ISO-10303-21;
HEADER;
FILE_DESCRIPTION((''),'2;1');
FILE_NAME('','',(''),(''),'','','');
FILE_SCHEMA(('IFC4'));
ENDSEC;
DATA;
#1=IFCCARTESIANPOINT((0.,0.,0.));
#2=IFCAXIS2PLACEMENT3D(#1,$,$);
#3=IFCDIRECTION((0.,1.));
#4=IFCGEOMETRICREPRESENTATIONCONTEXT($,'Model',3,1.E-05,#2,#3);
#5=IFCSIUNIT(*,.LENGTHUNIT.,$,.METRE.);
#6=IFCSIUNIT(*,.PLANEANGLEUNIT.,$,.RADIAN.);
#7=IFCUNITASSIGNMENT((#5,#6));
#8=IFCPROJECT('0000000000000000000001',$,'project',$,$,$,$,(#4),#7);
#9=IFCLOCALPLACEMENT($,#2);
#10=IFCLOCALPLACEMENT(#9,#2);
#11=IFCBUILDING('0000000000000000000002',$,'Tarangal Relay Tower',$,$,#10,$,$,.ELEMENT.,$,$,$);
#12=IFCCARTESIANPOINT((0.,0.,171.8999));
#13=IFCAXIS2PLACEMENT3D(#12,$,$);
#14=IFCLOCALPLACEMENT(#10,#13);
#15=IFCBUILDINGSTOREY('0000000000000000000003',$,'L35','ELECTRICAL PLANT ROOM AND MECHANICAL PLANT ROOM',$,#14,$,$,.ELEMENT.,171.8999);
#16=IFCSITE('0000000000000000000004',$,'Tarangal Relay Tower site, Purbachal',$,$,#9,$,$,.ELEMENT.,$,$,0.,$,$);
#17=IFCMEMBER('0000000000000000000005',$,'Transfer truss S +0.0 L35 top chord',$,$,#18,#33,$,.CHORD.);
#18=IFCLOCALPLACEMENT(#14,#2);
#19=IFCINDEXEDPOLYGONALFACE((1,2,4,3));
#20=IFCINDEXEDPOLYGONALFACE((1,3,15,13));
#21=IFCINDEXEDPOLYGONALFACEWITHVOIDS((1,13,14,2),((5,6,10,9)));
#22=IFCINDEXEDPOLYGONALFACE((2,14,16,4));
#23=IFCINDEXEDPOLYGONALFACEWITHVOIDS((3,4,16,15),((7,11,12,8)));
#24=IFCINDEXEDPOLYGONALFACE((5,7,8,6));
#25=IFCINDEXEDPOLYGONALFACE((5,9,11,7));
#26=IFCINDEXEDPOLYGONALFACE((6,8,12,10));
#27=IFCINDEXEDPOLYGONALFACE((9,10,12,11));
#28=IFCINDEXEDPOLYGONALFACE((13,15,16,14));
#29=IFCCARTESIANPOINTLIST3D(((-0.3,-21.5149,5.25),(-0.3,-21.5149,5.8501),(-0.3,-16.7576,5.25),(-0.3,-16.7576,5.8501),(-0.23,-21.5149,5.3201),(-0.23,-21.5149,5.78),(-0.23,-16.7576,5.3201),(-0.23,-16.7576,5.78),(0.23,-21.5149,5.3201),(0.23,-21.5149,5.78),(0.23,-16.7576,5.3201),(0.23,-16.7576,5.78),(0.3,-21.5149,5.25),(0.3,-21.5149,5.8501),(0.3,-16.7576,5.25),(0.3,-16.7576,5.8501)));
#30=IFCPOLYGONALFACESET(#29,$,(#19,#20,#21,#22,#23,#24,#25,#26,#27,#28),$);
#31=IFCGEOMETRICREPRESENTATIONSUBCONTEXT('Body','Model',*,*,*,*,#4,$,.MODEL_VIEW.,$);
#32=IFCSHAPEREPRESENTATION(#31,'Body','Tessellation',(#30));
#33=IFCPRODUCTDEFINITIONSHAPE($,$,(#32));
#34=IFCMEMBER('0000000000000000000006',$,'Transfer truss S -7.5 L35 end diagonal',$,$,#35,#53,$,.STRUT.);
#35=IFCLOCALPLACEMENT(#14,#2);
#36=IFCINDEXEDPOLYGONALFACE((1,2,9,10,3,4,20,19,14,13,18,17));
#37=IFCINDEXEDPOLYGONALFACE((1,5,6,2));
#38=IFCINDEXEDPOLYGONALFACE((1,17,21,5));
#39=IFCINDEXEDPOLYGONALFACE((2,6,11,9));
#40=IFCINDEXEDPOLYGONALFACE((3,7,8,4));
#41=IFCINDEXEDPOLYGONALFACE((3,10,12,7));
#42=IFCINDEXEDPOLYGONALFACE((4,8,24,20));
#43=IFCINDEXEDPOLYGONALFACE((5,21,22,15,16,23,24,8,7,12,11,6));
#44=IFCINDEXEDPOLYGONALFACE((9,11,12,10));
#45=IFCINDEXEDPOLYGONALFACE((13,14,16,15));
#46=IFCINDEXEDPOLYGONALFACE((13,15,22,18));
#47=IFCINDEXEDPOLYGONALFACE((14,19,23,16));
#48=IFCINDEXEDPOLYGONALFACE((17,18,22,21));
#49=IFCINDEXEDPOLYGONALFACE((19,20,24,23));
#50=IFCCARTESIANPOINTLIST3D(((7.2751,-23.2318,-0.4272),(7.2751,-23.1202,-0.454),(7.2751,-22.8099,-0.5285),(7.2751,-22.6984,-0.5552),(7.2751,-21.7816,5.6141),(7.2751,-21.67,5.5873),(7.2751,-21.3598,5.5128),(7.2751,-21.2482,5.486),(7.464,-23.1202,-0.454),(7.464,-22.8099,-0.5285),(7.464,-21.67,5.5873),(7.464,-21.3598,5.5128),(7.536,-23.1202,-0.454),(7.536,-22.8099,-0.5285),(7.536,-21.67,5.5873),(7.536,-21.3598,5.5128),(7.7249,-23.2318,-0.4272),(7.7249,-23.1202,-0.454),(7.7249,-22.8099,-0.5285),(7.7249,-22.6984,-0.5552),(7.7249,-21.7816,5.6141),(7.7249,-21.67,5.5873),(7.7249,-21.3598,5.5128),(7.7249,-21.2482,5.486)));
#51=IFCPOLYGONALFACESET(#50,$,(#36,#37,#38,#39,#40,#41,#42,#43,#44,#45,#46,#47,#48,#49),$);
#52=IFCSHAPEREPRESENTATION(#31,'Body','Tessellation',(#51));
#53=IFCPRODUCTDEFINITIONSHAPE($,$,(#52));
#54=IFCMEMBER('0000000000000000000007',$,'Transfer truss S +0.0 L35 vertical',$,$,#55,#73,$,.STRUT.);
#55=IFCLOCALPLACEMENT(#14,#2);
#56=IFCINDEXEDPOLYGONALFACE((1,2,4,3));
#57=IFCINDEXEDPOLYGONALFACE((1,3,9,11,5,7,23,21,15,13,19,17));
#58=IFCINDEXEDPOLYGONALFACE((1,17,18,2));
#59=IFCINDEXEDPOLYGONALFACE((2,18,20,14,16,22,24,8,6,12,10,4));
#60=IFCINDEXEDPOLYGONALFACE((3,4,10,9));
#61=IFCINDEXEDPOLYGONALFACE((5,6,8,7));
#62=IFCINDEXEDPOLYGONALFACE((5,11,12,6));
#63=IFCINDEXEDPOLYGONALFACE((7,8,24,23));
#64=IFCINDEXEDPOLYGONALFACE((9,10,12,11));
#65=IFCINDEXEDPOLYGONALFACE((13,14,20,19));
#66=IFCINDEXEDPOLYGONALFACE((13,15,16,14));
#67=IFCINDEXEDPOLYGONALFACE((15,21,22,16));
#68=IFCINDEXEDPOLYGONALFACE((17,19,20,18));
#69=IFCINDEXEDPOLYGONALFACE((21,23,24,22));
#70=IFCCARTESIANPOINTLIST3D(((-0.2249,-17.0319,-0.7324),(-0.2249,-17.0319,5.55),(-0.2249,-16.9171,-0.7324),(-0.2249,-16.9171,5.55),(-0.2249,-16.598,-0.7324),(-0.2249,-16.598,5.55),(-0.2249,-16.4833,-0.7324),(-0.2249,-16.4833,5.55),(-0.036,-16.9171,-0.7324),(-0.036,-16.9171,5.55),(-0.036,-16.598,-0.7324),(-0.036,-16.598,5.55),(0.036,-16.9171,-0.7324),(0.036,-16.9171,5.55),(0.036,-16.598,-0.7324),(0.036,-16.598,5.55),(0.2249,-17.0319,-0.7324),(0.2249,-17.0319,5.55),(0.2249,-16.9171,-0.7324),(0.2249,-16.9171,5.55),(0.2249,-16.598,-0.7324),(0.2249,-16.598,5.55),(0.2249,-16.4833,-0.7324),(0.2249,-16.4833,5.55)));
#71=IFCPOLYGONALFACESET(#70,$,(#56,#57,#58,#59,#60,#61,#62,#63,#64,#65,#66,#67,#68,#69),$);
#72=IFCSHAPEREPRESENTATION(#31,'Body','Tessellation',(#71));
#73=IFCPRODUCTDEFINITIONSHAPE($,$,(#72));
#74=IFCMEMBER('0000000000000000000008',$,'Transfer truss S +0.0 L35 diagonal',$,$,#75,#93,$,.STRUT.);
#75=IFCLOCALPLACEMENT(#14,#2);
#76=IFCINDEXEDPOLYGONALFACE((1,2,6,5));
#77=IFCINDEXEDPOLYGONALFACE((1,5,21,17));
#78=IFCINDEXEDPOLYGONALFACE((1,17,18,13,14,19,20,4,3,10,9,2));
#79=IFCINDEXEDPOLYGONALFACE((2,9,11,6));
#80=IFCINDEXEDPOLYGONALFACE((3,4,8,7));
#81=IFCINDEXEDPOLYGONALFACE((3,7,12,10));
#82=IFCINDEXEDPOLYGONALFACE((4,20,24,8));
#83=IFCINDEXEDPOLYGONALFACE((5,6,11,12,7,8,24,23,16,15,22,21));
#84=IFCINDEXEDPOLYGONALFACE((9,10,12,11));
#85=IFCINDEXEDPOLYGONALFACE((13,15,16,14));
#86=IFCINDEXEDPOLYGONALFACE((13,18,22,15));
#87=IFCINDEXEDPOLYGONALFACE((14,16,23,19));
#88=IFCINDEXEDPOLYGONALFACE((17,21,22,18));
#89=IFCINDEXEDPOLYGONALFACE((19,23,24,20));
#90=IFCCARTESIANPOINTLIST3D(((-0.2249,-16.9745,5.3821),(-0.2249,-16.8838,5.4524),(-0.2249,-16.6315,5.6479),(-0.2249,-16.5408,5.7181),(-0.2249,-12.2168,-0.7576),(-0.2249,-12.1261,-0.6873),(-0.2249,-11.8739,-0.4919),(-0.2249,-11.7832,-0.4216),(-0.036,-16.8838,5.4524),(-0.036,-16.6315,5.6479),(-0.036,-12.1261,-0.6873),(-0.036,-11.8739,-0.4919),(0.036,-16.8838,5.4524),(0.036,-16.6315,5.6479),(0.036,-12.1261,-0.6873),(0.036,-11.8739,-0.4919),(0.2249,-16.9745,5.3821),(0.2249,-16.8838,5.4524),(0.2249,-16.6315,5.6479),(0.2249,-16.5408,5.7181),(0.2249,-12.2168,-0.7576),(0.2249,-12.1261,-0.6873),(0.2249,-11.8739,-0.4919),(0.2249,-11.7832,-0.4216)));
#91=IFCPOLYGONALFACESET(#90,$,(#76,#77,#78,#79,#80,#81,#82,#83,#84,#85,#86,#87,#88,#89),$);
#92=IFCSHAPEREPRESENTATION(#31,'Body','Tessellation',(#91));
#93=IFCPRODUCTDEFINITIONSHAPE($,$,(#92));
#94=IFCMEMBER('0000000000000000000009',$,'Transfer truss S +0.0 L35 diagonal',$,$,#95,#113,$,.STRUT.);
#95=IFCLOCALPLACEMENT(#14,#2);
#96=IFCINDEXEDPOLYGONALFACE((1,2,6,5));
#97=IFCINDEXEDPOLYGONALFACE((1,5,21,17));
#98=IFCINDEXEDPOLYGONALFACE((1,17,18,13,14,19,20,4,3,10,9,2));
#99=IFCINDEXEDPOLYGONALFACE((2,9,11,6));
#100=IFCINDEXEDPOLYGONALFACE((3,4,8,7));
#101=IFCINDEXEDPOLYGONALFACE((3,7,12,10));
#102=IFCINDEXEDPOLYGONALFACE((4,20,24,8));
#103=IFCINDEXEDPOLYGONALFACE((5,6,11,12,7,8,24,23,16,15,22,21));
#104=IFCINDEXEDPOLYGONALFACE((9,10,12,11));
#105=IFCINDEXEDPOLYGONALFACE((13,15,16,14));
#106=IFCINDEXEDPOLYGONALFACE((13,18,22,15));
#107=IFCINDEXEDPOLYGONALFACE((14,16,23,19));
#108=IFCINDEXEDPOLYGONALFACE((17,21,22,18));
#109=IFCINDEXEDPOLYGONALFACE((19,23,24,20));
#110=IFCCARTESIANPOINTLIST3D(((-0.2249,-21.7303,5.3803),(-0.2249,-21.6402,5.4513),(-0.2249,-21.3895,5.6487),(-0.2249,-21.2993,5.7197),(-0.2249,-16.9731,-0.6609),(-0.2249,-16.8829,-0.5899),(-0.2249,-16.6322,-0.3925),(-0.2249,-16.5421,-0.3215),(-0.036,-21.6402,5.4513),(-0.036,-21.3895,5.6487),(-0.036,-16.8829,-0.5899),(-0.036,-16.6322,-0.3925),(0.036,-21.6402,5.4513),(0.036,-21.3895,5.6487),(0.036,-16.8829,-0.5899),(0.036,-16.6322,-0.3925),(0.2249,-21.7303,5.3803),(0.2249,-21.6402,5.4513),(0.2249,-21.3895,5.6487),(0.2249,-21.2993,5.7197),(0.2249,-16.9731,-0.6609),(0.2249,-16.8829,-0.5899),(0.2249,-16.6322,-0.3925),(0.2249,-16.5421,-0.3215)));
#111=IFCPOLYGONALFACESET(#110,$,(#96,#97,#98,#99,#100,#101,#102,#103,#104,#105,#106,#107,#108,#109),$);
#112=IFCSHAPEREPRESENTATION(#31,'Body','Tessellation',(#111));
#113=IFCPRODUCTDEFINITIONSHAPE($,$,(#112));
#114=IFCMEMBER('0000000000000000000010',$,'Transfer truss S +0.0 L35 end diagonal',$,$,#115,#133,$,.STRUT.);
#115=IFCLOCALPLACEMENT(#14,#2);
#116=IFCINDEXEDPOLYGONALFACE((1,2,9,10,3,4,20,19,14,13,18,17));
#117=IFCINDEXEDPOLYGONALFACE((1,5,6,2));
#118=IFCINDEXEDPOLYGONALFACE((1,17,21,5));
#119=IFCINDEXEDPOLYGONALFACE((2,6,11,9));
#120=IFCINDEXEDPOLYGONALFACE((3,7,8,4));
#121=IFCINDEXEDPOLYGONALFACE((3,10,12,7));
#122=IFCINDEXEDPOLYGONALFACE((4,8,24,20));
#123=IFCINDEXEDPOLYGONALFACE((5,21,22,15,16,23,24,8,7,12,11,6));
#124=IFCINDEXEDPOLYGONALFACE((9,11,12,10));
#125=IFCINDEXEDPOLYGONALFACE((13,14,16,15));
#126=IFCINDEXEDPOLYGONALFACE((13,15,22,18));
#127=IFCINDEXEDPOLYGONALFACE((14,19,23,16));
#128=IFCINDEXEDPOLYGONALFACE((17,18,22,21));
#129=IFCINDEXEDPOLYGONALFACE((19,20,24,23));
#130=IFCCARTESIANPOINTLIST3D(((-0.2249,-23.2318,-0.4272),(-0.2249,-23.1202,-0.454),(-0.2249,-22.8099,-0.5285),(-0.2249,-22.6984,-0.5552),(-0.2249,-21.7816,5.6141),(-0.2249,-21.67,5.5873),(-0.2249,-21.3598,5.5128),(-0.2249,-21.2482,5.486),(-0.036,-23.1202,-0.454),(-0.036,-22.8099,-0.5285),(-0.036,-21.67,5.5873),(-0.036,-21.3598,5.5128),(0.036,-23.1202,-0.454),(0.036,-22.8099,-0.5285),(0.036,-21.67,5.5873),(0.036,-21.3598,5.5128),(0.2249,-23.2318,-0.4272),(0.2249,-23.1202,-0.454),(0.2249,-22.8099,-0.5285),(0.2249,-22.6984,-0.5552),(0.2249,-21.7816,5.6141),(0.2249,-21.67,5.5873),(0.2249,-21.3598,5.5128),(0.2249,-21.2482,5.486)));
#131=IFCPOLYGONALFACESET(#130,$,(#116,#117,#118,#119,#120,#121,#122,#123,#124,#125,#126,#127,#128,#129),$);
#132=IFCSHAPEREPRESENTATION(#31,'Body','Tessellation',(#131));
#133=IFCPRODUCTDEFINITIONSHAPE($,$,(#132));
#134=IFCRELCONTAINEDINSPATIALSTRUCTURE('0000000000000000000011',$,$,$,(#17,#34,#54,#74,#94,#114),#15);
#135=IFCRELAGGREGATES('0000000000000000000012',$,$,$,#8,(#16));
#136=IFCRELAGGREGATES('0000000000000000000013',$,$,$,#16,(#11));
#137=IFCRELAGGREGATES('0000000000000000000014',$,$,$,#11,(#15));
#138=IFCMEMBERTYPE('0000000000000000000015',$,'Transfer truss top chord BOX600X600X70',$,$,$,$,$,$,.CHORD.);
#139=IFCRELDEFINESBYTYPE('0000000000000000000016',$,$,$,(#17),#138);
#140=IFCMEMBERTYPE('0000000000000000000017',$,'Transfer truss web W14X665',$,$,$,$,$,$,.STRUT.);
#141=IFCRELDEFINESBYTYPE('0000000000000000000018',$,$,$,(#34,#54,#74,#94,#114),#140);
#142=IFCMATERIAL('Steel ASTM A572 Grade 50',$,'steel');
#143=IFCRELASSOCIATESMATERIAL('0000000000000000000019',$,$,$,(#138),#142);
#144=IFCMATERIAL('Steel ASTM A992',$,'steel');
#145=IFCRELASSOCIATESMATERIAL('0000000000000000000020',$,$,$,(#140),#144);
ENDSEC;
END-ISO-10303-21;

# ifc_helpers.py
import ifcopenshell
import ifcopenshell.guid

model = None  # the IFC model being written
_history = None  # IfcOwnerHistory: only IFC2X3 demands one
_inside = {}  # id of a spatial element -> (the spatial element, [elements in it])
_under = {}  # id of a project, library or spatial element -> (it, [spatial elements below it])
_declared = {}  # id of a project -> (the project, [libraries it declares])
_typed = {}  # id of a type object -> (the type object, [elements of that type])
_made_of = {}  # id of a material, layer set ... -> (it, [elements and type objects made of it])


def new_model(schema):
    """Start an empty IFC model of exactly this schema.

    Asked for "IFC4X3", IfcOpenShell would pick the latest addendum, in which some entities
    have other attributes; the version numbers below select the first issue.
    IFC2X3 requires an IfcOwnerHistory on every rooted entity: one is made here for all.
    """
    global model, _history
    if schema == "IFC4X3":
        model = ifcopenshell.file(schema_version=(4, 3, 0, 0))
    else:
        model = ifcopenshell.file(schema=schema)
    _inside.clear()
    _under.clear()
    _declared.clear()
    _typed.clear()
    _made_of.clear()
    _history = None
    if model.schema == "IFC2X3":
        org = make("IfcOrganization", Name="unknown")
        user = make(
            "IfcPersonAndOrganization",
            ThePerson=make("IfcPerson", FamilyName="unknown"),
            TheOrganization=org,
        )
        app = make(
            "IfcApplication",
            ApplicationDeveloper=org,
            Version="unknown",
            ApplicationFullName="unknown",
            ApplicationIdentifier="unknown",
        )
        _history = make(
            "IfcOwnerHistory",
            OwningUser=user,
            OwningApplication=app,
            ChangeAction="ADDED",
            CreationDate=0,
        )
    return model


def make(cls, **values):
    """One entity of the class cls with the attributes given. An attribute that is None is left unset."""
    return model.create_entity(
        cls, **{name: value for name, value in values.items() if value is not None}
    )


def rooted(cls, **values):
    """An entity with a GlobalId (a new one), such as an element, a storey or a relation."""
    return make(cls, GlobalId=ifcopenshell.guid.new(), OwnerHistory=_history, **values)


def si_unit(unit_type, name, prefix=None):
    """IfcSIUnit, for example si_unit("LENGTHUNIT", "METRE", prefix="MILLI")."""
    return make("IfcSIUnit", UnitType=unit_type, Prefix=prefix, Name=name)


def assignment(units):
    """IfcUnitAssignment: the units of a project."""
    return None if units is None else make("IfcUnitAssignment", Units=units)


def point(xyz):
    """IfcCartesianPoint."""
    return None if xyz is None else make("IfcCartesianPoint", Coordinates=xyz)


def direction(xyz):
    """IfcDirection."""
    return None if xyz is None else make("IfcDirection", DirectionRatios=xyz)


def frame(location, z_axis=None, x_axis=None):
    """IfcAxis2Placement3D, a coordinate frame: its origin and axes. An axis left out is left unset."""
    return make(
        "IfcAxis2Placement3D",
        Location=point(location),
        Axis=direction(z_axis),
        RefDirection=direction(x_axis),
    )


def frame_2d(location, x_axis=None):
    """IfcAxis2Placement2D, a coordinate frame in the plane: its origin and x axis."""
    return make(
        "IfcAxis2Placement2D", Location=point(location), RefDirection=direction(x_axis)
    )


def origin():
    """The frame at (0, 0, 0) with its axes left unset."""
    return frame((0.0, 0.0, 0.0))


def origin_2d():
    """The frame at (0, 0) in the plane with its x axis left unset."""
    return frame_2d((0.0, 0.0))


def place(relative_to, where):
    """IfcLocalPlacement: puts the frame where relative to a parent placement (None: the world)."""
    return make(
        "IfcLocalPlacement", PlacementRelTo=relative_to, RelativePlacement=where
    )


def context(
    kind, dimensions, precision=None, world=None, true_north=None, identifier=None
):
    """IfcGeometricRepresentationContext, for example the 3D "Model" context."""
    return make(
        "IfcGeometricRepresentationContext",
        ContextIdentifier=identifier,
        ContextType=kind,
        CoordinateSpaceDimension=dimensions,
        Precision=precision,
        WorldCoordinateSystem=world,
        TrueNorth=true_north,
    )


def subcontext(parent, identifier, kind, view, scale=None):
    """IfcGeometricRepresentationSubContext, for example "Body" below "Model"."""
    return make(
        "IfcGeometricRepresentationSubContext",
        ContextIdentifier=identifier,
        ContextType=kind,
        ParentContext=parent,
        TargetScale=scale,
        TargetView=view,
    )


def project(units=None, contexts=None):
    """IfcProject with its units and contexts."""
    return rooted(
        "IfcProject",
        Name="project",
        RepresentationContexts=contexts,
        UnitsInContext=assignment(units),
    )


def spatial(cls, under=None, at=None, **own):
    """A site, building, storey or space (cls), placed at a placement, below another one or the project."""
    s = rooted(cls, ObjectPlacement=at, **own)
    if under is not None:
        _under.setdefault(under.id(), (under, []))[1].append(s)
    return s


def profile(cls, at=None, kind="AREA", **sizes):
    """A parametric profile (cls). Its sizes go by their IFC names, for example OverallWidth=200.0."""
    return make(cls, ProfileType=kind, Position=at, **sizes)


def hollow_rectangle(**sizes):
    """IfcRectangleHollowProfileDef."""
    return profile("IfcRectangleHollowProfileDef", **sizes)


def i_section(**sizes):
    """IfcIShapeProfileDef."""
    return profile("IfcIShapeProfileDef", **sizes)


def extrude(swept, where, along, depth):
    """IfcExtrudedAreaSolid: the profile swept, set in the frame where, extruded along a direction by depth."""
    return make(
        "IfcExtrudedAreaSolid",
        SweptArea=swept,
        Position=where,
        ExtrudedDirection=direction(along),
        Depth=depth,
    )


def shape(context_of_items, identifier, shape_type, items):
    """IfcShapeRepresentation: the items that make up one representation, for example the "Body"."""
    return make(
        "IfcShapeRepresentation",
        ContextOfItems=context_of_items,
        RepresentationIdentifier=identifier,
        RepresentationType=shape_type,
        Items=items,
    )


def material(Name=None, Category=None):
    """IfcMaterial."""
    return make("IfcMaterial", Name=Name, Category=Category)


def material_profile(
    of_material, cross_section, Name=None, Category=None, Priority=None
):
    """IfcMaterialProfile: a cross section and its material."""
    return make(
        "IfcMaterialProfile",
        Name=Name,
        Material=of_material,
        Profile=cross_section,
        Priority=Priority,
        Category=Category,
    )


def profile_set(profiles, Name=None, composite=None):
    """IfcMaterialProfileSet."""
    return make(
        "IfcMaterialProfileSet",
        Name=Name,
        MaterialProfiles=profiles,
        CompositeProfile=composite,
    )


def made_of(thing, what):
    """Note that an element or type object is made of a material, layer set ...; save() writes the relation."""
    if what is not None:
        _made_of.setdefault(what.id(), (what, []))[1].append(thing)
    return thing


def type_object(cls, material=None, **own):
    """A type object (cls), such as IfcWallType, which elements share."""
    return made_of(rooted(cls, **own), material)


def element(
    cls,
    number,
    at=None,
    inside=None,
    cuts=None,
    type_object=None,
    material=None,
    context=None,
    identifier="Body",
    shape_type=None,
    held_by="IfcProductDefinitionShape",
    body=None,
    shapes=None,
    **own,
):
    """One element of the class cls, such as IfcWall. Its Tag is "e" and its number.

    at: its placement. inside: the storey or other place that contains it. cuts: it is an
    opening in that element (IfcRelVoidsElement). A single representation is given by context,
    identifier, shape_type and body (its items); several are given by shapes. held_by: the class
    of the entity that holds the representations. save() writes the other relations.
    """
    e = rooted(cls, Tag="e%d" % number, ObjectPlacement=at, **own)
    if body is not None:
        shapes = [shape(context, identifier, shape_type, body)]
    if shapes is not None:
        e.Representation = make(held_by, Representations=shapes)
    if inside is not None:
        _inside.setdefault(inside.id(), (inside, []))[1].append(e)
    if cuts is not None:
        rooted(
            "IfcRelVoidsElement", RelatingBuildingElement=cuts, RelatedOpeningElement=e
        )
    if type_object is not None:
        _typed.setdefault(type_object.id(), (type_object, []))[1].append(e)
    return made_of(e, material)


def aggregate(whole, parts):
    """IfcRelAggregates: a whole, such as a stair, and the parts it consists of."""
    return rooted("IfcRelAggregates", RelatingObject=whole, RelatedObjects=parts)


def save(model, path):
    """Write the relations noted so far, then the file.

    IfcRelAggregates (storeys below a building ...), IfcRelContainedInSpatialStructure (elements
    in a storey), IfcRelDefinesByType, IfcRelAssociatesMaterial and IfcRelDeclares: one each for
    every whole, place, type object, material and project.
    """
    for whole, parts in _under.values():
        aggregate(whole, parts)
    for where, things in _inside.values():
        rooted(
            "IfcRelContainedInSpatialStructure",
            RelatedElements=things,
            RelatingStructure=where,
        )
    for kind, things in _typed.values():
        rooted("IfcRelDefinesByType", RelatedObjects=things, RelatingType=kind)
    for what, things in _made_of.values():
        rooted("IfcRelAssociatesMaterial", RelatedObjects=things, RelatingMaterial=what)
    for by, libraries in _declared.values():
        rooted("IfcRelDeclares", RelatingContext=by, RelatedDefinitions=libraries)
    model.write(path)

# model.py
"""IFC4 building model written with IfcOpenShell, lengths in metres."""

from ifc_helpers import new_model, si_unit, direction, frame, origin, origin_2d, place, context, subcontext, project, spatial, hollow_rectangle, i_section, extrude, material, material_profile, profile_set, type_object, element, save


model = new_model("IFC4")

# Units and contexts
model_context = context("Model", 3, precision=1e-05, world=origin(), true_north=direction((0.0, 1.0)))
body_context = subcontext(model_context, "Body", "Model", "MODEL_VIEW")
ifc_project = project(units=[si_unit("LENGTHUNIT", "METRE"), si_unit("PLANEANGLEUNIT", "RADIAN")], contexts=[model_context])

# Site, building, storey
site_placement = place(None, origin())
site = spatial("IfcSite", under=ifc_project, at=site_placement, Name="Tarangal Relay Tower site, Purbachal", CompositionType="ELEMENT", RefElevation=0.0)
building_placement = place(site_placement, origin())
building = spatial("IfcBuilding", under=site, at=building_placement, Name="Tarangal Relay Tower", CompositionType="ELEMENT")
storey_placement = place(building_placement, frame((0.0, 0.0, 171.8999)))
storey = spatial("IfcBuildingStorey", under=building, at=storey_placement, Name="L35", Description="ELECTRICAL PLANT ROOM AND MECHANICAL PLANT ROOM", CompositionType="ELEMENT", Elevation=171.8999)

# Shared definitions
ifc_material_1 = material(Name="Steel ASTM A572 Grade 50", Category="steel")

# Shared definitions
ifc_material_2 = material(Name="Steel ASTM A992", Category="steel")

# Members
ifc_material_profile_1 = material_profile(ifc_material_1, hollow_rectangle(XDim=0.6001, YDim=0.6001, WallThickness=0.0701, at=origin_2d()), Name="BOX600X600X70")
ifc_profile_set_1 = profile_set([ifc_material_profile_1], Name="Steel ASTM A572 Grade 50")
member_type_1 = type_object("IfcMemberType", Name="Transfer truss top chord BOX600X600X70", PredefinedType="CHORD", material=ifc_profile_set_1)
member_1_placement = place(storey_placement, frame((0.0, -16.7576, 5.55), z_axis=(0.0, -1.0, 0.0), x_axis=(1.0, 0.0, 0.0)))
element("IfcMember", 1, at=member_1_placement, inside=storey, type_object=member_type_1, Name="Transfer truss S +0.0 L35 top chord", PredefinedType="CHORD", context=body_context, shape_type="SweptSolid", body=[
    extrude(hollow_rectangle(XDim=0.6001, YDim=0.6001, WallThickness=0.0701, at=origin_2d()), origin(), (0.0, 0.0, 1.0), 4.7573),
])
ifc_material_profile_2 = material_profile(ifc_material_2, i_section(OverallWidth=0.4497, OverallDepth=0.5486, WebThickness=0.072, FlangeThickness=0.1147, at=origin_2d()), Name="W14X665")
ifc_profile_set_2 = profile_set([ifc_material_profile_2], Name="Steel ASTM A992")
member_type_2 = type_object("IfcMemberType", Name="Transfer truss web W14X665", PredefinedType="STRUT", material=ifc_profile_set_2)
member_2_placement = place(storey_placement, frame((7.5, -22.9651, -0.4912), z_axis=(0.0, 0.233418, 0.972377), x_axis=(-1.0, 0.0, 0.0)))
element("IfcMember", 2, at=member_2_placement, inside=storey, type_object=member_type_2, Name="Transfer truss S -7.5 L35 end diagonal", PredefinedType="STRUT", context=body_context, shape_type="SweptSolid", body=[
    extrude(i_section(OverallWidth=0.4497, OverallDepth=0.5486, WebThickness=0.072, FlangeThickness=0.1147, at=origin_2d()), origin(), (0.0, 0.0, 1.0), 6.2129),
])
member_3_placement = place(storey_placement, frame((0.0, -16.7576, -0.7324), z_axis=(0.0, 0.0, 1.0), x_axis=(1.0, 0.0, 0.0)))
element("IfcMember", 3, at=member_3_placement, inside=storey, type_object=member_type_2, Name="Transfer truss S +0.0 L35 vertical", PredefinedType="STRUT", context=body_context, shape_type="SweptSolid", body=[
    extrude(i_section(OverallWidth=0.4497, OverallDepth=0.5486, WebThickness=0.072, FlangeThickness=0.1147, at=origin_2d()), origin(), (0.0, 0.0, 1.0), 6.2825),
])
member_4_placement = place(storey_placement, frame((0.0, -12.0, -0.5896), z_axis=(0.0, -0.612519, 0.790456), x_axis=(1.0, 0.0, 0.0)))
element("IfcMember", 4, at=member_4_placement, inside=storey, type_object=member_type_2, Name="Transfer truss S +0.0 L35 diagonal", PredefinedType="STRUT", context=body_context, shape_type="SweptSolid", body=[
    extrude(i_section(OverallWidth=0.4497, OverallDepth=0.5486, WebThickness=0.072, FlangeThickness=0.1147, at=origin_2d()), origin(), (0.0, 0.0, 1.0), 7.7673),
])
member_5_placement = place(storey_placement, frame((0.0, -16.7576, -0.4912), z_axis=(0.0, -0.618675, 0.785647), x_axis=(1.0, 0.0, 0.0)))
element("IfcMember", 5, at=member_5_placement, inside=storey, type_object=member_type_2, Name="Transfer truss S +0.0 L35 diagonal", PredefinedType="STRUT", context=body_context, shape_type="SweptSolid", body=[
    extrude(i_section(OverallWidth=0.4497, OverallDepth=0.5486, WebThickness=0.072, FlangeThickness=0.1147, at=origin_2d()), origin(), (0.0, 0.0, 1.0), 7.6895),
])
member_6_placement = place(storey_placement, frame((0.0, -22.9651, -0.4912), z_axis=(0.0, 0.233418, 0.972377), x_axis=(-1.0, 0.0, 0.0)))
element("IfcMember", 6, at=member_6_placement, inside=storey, type_object=member_type_2, Name="Transfer truss S +0.0 L35 end diagonal", PredefinedType="STRUT", context=body_context, shape_type="SweptSolid", body=[
    extrude(i_section(OverallWidth=0.4497, OverallDepth=0.5486, WebThickness=0.072, FlangeThickness=0.1147, at=origin_2d()), origin(), (0.0, 0.0, 1.0), 6.2129),
])

save(model, "model.ifc")
